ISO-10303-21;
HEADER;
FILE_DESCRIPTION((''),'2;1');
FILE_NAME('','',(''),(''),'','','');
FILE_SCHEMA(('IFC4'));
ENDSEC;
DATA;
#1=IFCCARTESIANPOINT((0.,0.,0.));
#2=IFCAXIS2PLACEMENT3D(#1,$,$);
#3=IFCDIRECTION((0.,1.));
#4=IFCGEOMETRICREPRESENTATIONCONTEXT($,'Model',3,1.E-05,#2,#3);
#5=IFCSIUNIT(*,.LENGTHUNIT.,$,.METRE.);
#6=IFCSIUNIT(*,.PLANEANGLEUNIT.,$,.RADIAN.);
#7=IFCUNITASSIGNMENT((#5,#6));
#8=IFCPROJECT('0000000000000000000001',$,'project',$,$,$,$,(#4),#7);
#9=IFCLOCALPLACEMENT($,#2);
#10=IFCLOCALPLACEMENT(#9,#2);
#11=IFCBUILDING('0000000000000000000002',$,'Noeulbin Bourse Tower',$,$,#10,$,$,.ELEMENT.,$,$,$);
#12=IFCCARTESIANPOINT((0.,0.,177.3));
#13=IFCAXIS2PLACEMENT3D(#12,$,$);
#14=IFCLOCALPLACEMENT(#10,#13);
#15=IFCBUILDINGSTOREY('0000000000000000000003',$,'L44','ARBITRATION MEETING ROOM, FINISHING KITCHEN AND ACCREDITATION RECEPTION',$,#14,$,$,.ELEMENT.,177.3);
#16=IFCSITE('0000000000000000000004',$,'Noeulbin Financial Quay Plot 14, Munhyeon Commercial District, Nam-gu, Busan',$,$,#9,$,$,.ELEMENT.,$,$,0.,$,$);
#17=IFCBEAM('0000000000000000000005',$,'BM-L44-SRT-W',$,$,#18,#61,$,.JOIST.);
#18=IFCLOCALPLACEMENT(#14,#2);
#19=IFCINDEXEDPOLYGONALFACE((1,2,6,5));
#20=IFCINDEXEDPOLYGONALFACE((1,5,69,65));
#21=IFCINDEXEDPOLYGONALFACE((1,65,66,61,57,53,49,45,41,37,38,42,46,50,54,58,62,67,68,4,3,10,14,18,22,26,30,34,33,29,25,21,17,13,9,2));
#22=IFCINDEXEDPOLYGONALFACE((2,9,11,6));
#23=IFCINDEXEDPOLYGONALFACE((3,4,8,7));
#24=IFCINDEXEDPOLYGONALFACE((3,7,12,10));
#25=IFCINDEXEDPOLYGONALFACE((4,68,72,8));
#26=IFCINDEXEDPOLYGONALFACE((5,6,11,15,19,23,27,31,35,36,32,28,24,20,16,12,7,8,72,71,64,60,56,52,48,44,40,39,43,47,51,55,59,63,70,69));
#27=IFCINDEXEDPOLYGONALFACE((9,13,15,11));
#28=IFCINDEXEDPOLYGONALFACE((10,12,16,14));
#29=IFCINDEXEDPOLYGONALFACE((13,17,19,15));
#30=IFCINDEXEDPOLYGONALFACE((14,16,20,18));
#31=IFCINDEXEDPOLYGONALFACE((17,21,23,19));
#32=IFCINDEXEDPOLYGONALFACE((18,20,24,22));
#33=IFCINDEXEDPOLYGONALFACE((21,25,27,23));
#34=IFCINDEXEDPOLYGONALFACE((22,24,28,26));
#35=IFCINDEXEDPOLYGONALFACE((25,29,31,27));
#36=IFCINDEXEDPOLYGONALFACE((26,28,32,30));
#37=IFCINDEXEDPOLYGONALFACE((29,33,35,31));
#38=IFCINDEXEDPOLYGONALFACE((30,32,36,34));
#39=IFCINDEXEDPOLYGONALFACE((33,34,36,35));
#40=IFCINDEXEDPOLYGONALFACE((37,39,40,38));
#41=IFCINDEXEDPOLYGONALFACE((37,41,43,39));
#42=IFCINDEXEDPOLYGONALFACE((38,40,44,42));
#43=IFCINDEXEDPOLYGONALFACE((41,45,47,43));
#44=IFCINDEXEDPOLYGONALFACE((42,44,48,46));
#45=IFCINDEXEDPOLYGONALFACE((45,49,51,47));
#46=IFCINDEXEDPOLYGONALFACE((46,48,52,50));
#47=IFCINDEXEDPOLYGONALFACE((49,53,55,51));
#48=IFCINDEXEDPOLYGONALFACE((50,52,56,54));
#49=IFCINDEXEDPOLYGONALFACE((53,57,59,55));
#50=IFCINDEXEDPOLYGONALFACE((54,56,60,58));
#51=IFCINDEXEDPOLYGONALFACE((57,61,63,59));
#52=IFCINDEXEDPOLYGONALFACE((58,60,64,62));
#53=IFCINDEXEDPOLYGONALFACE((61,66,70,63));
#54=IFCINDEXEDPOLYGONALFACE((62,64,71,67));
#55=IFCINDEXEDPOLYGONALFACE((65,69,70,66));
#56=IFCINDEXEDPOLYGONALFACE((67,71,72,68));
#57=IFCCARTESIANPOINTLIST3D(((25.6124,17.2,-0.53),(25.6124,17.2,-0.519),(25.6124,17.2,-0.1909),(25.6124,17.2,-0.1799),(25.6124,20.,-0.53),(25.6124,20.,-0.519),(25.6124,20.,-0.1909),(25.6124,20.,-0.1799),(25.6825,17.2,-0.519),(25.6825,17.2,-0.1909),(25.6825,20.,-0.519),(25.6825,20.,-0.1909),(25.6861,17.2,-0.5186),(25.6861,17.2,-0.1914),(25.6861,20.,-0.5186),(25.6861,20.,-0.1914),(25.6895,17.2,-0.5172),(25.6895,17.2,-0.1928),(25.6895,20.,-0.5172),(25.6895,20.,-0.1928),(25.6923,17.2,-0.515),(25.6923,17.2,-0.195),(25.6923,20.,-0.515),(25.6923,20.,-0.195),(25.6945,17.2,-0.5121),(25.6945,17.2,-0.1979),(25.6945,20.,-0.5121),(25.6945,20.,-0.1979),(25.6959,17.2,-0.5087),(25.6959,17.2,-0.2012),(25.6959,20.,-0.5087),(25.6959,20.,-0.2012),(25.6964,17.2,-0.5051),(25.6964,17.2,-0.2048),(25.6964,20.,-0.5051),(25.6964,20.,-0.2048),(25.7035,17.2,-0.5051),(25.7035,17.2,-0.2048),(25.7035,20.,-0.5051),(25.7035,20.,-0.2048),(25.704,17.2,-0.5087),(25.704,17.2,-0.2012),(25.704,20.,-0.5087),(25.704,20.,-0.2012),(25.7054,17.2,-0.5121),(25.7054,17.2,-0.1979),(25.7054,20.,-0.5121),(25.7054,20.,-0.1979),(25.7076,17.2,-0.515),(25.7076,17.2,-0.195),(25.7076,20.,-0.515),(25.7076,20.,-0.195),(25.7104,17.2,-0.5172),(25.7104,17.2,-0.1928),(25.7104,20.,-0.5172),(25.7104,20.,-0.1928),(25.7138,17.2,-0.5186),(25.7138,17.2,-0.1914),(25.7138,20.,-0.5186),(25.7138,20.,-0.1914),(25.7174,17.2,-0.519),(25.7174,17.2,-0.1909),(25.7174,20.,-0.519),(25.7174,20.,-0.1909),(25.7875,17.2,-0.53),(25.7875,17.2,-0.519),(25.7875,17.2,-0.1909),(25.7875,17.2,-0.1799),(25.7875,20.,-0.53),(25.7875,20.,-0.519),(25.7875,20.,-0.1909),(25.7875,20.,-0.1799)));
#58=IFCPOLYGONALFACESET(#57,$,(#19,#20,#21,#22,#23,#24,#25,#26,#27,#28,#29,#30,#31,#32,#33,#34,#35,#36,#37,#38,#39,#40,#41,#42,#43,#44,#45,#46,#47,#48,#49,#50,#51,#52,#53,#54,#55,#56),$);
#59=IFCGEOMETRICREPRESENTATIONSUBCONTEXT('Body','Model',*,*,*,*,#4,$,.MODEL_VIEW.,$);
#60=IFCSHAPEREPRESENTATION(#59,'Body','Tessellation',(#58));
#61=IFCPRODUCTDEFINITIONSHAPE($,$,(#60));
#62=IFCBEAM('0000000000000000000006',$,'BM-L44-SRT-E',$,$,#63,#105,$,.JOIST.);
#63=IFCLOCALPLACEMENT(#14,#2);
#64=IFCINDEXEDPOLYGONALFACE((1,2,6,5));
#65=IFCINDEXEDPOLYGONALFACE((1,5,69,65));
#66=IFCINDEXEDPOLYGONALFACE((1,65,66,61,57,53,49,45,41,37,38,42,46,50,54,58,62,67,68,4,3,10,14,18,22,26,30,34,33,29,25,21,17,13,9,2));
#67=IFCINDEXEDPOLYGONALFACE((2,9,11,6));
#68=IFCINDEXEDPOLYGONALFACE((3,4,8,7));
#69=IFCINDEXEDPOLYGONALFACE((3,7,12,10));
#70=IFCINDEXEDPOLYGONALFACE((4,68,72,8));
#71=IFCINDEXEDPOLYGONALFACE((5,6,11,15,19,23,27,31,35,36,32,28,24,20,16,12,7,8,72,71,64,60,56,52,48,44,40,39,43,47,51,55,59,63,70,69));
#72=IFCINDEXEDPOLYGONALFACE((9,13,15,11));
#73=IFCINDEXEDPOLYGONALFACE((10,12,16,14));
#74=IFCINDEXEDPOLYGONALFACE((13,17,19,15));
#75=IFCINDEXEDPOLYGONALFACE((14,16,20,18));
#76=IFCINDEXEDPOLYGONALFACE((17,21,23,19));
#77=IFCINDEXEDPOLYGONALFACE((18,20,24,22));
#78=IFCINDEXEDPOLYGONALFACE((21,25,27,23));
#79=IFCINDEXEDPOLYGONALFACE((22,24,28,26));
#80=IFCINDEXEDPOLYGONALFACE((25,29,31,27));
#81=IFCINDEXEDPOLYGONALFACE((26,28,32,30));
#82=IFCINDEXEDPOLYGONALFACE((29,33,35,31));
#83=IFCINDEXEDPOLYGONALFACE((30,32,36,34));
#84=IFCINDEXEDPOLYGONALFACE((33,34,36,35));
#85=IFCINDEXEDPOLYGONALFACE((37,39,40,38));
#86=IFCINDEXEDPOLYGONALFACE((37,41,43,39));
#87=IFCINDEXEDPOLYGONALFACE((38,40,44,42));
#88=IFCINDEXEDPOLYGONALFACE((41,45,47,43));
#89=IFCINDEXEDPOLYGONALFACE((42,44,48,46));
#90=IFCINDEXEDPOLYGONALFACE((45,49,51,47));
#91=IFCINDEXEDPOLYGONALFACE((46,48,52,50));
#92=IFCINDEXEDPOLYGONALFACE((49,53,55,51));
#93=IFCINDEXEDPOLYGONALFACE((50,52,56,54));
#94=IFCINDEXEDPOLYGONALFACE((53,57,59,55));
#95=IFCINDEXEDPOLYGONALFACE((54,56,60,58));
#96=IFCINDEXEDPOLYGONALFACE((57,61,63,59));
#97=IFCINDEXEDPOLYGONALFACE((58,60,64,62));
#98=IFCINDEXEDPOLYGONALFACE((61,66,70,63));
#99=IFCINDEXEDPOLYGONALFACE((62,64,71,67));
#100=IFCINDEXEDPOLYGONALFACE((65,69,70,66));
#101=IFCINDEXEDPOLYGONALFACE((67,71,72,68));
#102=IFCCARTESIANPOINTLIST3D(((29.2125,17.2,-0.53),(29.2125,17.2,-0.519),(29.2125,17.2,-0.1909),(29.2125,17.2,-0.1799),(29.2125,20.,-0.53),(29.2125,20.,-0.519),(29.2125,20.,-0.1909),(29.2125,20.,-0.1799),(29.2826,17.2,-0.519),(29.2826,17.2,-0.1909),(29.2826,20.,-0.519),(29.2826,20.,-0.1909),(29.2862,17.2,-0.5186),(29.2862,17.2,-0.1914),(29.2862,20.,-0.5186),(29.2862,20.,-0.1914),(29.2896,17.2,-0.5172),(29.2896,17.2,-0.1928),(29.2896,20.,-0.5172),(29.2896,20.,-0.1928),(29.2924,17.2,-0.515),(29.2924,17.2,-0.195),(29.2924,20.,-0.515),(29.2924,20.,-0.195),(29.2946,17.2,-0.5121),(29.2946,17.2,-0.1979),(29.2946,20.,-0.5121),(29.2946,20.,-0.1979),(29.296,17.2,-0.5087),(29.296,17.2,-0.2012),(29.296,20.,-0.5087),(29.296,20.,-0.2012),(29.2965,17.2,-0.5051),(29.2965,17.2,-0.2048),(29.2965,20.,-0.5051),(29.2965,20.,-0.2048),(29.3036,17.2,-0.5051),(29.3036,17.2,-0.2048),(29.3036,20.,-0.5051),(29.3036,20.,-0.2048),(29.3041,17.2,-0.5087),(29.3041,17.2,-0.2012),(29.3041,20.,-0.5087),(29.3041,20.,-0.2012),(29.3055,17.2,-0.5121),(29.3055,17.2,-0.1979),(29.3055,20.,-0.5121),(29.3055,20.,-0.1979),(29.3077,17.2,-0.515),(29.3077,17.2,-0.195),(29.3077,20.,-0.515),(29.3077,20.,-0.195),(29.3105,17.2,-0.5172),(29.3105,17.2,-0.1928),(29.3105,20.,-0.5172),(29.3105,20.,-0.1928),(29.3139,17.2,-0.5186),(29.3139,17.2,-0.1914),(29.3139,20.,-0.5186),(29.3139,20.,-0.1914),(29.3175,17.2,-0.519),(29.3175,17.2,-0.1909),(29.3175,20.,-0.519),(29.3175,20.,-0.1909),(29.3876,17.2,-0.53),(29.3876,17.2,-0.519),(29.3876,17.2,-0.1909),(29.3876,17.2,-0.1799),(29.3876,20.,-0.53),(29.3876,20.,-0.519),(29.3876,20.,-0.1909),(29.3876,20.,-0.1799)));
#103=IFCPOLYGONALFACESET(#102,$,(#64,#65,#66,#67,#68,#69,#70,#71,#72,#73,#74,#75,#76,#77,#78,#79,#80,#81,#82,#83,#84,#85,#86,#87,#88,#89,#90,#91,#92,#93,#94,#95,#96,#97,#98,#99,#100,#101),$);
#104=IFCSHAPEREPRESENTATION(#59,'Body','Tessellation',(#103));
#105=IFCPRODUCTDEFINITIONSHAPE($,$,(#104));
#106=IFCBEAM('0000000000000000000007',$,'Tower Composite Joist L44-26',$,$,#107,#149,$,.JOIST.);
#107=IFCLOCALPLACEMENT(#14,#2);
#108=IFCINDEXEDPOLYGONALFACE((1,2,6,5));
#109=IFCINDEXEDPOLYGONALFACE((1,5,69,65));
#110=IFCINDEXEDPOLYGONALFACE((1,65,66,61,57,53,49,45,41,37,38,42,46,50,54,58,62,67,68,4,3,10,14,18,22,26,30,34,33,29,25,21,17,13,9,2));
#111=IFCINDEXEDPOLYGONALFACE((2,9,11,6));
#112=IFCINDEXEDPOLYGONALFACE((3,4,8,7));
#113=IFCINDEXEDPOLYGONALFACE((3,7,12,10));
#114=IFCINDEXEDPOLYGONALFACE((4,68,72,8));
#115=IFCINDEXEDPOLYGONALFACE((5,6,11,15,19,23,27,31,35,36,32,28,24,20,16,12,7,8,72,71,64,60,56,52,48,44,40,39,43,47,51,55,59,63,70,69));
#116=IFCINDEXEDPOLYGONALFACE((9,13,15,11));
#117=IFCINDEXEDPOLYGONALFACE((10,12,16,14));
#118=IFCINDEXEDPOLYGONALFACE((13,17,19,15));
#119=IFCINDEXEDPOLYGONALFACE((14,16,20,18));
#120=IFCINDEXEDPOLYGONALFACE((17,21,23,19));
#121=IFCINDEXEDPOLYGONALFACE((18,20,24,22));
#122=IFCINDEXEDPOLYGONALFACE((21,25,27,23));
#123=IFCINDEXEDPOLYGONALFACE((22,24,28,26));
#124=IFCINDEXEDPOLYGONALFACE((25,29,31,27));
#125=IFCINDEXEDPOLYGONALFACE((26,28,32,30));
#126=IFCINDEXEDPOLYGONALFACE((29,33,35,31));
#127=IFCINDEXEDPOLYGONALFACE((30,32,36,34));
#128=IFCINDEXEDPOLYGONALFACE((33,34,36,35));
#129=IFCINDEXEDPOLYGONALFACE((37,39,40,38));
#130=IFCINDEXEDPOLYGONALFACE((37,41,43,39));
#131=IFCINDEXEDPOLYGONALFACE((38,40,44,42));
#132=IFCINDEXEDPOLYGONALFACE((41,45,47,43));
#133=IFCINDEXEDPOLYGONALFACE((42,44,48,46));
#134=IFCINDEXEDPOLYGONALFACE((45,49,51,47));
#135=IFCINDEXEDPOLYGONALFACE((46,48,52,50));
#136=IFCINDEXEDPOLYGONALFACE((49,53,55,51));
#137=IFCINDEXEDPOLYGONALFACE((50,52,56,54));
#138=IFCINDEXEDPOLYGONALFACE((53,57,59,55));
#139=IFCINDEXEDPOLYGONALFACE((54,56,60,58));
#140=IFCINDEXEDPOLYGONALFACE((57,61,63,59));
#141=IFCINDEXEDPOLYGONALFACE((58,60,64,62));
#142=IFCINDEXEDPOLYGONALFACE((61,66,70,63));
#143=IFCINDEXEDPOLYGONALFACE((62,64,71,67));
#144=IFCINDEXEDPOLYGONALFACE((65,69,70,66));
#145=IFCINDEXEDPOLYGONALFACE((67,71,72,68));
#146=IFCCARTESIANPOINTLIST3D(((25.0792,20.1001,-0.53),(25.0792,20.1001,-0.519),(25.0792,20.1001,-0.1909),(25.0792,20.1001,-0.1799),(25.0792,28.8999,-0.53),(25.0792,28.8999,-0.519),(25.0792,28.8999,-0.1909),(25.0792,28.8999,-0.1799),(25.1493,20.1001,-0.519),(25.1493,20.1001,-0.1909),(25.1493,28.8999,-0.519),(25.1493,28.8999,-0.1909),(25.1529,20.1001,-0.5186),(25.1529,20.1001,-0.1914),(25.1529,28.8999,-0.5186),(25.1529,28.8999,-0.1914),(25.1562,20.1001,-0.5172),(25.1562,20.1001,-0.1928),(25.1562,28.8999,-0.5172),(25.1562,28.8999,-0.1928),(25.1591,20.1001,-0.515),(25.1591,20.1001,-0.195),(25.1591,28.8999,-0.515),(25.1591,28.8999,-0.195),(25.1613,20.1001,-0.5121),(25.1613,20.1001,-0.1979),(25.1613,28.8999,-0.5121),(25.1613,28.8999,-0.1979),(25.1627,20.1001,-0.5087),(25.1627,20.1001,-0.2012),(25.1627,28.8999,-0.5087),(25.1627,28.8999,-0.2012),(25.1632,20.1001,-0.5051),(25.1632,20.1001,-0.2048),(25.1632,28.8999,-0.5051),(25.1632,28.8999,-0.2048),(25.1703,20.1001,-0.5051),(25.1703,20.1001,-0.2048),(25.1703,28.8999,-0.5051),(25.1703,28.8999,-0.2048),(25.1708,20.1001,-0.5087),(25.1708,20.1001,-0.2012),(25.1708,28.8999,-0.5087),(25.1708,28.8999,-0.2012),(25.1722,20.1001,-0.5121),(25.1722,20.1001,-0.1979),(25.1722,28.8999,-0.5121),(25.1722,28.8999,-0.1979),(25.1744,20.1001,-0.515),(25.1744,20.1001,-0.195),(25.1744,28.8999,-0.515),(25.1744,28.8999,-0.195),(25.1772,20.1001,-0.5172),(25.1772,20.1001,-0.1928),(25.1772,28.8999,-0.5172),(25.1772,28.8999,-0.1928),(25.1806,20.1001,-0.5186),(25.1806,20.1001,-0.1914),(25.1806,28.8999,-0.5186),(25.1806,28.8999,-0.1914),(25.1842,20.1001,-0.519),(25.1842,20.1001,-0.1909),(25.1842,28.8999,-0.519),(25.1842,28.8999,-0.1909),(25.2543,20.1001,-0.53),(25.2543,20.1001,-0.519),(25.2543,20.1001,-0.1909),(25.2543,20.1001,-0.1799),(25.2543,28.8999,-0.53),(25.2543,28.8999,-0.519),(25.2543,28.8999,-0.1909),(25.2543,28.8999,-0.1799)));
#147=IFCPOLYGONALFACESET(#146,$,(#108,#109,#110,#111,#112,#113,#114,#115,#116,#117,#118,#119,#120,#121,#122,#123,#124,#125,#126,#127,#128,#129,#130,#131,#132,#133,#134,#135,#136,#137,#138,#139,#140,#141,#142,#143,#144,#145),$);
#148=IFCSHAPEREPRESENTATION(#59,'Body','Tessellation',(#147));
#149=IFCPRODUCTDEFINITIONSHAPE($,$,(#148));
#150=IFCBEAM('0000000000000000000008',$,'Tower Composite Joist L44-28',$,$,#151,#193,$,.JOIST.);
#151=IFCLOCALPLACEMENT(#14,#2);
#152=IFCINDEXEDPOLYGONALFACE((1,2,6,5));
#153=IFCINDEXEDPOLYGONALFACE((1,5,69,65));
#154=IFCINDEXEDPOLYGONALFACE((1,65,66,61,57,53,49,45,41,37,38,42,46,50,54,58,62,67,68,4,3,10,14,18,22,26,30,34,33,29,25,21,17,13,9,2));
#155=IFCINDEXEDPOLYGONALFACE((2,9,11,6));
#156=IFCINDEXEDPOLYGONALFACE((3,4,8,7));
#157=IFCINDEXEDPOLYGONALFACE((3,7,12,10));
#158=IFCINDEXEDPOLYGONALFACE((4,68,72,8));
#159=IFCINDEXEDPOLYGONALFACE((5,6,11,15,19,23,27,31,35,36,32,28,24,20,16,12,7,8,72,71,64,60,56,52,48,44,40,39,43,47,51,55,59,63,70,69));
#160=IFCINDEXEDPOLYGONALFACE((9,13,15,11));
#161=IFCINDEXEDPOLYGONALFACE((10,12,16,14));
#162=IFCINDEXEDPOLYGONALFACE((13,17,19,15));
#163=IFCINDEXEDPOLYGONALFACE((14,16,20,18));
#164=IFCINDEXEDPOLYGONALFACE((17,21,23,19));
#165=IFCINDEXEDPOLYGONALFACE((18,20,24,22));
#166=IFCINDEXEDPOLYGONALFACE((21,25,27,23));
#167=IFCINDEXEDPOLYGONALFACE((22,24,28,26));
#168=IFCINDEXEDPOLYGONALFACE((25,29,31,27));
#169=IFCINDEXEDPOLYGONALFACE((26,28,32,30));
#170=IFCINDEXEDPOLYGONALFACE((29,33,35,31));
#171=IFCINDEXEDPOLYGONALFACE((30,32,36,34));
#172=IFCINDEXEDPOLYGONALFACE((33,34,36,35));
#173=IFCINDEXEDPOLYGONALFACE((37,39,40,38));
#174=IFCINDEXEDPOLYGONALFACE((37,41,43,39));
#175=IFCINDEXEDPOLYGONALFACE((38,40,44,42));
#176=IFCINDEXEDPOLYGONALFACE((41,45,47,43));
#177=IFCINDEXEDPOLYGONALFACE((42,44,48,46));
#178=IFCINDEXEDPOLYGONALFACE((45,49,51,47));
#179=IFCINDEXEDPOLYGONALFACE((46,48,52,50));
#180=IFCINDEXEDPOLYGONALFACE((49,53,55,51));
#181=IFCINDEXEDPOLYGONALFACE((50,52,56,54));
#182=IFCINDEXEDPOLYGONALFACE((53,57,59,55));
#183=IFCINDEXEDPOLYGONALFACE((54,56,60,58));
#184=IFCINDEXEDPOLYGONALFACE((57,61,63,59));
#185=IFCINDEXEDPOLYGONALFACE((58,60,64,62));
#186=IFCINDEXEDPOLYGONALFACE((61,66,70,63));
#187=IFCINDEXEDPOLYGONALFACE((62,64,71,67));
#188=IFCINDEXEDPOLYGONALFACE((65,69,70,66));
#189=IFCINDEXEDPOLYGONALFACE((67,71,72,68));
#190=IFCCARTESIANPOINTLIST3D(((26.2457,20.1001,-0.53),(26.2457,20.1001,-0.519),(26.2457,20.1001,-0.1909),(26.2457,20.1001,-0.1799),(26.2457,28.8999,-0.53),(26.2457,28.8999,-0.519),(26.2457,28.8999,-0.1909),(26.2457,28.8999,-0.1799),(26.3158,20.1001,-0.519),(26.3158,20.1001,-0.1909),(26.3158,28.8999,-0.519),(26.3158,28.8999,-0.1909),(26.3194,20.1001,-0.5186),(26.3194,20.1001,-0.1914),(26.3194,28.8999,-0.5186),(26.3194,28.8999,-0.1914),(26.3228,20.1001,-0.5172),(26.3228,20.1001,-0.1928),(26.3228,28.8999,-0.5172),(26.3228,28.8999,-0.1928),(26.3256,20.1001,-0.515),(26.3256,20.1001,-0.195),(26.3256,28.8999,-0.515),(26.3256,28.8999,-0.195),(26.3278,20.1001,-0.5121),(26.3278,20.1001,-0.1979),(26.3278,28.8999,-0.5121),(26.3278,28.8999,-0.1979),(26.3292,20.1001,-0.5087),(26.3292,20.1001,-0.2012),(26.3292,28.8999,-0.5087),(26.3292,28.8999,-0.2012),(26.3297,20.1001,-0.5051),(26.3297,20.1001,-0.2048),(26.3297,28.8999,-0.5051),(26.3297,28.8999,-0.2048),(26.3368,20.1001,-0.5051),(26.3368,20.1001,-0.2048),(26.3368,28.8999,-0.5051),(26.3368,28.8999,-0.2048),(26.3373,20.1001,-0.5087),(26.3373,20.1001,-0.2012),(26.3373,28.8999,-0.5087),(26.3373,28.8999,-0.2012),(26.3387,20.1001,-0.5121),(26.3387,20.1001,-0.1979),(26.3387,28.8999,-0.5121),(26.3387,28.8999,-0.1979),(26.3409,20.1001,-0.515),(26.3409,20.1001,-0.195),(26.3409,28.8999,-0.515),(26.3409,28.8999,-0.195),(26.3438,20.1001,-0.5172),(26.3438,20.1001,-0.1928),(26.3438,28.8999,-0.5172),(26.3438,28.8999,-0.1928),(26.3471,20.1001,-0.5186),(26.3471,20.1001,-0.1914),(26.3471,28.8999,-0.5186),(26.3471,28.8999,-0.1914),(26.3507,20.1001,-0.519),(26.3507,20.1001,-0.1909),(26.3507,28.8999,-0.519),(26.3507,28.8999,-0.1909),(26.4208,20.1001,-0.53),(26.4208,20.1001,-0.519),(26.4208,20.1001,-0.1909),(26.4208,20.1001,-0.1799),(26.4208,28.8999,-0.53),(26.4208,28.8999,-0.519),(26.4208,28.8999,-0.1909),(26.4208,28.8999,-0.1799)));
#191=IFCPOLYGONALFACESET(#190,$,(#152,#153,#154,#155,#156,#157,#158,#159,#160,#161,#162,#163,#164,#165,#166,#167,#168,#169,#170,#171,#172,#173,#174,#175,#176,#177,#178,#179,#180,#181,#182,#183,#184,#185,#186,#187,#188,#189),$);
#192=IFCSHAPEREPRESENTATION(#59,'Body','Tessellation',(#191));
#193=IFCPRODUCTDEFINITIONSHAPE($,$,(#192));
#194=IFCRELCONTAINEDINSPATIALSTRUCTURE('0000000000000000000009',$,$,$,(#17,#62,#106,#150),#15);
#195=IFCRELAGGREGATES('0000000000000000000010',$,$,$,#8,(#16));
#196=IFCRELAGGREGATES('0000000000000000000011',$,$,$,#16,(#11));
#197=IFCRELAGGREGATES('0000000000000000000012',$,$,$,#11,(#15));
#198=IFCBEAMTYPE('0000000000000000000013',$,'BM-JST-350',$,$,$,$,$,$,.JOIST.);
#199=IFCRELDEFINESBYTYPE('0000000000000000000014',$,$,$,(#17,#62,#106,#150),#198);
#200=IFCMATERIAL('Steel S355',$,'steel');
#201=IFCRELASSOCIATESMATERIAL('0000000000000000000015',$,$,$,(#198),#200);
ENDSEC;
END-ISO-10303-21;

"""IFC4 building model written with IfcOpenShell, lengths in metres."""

from ifc_helpers import new_model, si_unit, direction, frame, origin, origin_2d, place, context, subcontext, project, spatial, i_section, extrude, material, material_profile, profile_set, type_object, element, save


model = new_model("IFC4")

# Units and contexts
model_context = context("Model", 3, precision=1e-05, world=origin(), true_north=direction((0.0, 1.0)))
body_context = subcontext(model_context, "Body", "Model", "MODEL_VIEW")
ifc_project = project(units=[si_unit("LENGTHUNIT", "METRE"), si_unit("PLANEANGLEUNIT", "RADIAN")], contexts=[model_context])

# Site, building, storey
site_placement = place(None, origin())
site = spatial("IfcSite", under=ifc_project, at=site_placement, Name="Noeulbin Financial Quay Plot 14, Munhyeon Commercial District, Nam-gu, Busan", CompositionType="ELEMENT", RefElevation=0.0)
building_placement = place(site_placement, origin())
building = spatial("IfcBuilding", under=site, at=building_placement, Name="Noeulbin Bourse Tower", CompositionType="ELEMENT")
storey_placement = place(building_placement, frame((0.0, 0.0, 177.3)))
storey = spatial("IfcBuildingStorey", under=building, at=storey_placement, Name="L44", Description="ARBITRATION MEETING ROOM, FINISHING KITCHEN AND ACCREDITATION RECEPTION", CompositionType="ELEMENT", Elevation=177.3)

# Beams
ifc_material_1 = material(Name="Steel S355", Category="steel")
ifc_material_profile_1 = material_profile(ifc_material_1, i_section(OverallWidth=0.175, OverallDepth=0.3501, WebThickness=0.0071, FlangeThickness=0.011, FilletRadius=0.0139, at=origin_2d()), Name="H-350x175x7x11", Category="LoadBearing")
ifc_profile_set_1 = profile_set([ifc_material_profile_1], Name="Steel S355")
beam_type_1 = type_object("IfcBeamType", Name="BM-JST-350", PredefinedType="JOIST", material=ifc_profile_set_1)
for number, where, z_axis, x_axis, name in (
    (1, (25.7, 17.2, -0.355), (0.0, 1.0, 0.0), (-1.0, 0.0, 0.0), "BM-L44-SRT-W"),
    (2, (29.3, 17.2, -0.355), (0.0, 1.0, 0.0), (-1.0, 0.0, 0.0), "BM-L44-SRT-E"),
):
    element("IfcBeam", number, at=place(storey_placement, frame(where, z_axis=z_axis, x_axis=x_axis)), inside=storey, type_object=beam_type_1, Name=name, PredefinedType="JOIST", context=body_context, shape_type="SweptSolid", body=[
        extrude(i_section(OverallWidth=0.175, OverallDepth=0.3501, WebThickness=0.0071, FlangeThickness=0.011, FilletRadius=0.0139, at=origin_2d()), origin(), (0.0, 0.0, 1.0), 2.8),
    ])
for number, where, z_axis, x_axis, name in (
    (3, (25.1667, 20.1001, -0.355), (0.0, 1.0, 0.0), (-1.0, 0.0, 0.0), "Tower Composite Joist L44-26"),
    (4, (26.3333, 20.1001, -0.355), (0.0, 1.0, 0.0), (-1.0, 0.0, 0.0), "Tower Composite Joist L44-28"),
):
    element("IfcBeam", number, at=place(storey_placement, frame(where, z_axis=z_axis, x_axis=x_axis)), inside=storey, type_object=beam_type_1, Name=name, PredefinedType="JOIST", context=body_context, shape_type="SweptSolid", body=[
        extrude(i_section(OverallWidth=0.175, OverallDepth=0.3501, WebThickness=0.0071, FlangeThickness=0.011, FilletRadius=0.0139, at=origin_2d()), origin(), (0.0, 0.0, 1.0), 8.7998),
    ])

save(model, "model.ifc")
